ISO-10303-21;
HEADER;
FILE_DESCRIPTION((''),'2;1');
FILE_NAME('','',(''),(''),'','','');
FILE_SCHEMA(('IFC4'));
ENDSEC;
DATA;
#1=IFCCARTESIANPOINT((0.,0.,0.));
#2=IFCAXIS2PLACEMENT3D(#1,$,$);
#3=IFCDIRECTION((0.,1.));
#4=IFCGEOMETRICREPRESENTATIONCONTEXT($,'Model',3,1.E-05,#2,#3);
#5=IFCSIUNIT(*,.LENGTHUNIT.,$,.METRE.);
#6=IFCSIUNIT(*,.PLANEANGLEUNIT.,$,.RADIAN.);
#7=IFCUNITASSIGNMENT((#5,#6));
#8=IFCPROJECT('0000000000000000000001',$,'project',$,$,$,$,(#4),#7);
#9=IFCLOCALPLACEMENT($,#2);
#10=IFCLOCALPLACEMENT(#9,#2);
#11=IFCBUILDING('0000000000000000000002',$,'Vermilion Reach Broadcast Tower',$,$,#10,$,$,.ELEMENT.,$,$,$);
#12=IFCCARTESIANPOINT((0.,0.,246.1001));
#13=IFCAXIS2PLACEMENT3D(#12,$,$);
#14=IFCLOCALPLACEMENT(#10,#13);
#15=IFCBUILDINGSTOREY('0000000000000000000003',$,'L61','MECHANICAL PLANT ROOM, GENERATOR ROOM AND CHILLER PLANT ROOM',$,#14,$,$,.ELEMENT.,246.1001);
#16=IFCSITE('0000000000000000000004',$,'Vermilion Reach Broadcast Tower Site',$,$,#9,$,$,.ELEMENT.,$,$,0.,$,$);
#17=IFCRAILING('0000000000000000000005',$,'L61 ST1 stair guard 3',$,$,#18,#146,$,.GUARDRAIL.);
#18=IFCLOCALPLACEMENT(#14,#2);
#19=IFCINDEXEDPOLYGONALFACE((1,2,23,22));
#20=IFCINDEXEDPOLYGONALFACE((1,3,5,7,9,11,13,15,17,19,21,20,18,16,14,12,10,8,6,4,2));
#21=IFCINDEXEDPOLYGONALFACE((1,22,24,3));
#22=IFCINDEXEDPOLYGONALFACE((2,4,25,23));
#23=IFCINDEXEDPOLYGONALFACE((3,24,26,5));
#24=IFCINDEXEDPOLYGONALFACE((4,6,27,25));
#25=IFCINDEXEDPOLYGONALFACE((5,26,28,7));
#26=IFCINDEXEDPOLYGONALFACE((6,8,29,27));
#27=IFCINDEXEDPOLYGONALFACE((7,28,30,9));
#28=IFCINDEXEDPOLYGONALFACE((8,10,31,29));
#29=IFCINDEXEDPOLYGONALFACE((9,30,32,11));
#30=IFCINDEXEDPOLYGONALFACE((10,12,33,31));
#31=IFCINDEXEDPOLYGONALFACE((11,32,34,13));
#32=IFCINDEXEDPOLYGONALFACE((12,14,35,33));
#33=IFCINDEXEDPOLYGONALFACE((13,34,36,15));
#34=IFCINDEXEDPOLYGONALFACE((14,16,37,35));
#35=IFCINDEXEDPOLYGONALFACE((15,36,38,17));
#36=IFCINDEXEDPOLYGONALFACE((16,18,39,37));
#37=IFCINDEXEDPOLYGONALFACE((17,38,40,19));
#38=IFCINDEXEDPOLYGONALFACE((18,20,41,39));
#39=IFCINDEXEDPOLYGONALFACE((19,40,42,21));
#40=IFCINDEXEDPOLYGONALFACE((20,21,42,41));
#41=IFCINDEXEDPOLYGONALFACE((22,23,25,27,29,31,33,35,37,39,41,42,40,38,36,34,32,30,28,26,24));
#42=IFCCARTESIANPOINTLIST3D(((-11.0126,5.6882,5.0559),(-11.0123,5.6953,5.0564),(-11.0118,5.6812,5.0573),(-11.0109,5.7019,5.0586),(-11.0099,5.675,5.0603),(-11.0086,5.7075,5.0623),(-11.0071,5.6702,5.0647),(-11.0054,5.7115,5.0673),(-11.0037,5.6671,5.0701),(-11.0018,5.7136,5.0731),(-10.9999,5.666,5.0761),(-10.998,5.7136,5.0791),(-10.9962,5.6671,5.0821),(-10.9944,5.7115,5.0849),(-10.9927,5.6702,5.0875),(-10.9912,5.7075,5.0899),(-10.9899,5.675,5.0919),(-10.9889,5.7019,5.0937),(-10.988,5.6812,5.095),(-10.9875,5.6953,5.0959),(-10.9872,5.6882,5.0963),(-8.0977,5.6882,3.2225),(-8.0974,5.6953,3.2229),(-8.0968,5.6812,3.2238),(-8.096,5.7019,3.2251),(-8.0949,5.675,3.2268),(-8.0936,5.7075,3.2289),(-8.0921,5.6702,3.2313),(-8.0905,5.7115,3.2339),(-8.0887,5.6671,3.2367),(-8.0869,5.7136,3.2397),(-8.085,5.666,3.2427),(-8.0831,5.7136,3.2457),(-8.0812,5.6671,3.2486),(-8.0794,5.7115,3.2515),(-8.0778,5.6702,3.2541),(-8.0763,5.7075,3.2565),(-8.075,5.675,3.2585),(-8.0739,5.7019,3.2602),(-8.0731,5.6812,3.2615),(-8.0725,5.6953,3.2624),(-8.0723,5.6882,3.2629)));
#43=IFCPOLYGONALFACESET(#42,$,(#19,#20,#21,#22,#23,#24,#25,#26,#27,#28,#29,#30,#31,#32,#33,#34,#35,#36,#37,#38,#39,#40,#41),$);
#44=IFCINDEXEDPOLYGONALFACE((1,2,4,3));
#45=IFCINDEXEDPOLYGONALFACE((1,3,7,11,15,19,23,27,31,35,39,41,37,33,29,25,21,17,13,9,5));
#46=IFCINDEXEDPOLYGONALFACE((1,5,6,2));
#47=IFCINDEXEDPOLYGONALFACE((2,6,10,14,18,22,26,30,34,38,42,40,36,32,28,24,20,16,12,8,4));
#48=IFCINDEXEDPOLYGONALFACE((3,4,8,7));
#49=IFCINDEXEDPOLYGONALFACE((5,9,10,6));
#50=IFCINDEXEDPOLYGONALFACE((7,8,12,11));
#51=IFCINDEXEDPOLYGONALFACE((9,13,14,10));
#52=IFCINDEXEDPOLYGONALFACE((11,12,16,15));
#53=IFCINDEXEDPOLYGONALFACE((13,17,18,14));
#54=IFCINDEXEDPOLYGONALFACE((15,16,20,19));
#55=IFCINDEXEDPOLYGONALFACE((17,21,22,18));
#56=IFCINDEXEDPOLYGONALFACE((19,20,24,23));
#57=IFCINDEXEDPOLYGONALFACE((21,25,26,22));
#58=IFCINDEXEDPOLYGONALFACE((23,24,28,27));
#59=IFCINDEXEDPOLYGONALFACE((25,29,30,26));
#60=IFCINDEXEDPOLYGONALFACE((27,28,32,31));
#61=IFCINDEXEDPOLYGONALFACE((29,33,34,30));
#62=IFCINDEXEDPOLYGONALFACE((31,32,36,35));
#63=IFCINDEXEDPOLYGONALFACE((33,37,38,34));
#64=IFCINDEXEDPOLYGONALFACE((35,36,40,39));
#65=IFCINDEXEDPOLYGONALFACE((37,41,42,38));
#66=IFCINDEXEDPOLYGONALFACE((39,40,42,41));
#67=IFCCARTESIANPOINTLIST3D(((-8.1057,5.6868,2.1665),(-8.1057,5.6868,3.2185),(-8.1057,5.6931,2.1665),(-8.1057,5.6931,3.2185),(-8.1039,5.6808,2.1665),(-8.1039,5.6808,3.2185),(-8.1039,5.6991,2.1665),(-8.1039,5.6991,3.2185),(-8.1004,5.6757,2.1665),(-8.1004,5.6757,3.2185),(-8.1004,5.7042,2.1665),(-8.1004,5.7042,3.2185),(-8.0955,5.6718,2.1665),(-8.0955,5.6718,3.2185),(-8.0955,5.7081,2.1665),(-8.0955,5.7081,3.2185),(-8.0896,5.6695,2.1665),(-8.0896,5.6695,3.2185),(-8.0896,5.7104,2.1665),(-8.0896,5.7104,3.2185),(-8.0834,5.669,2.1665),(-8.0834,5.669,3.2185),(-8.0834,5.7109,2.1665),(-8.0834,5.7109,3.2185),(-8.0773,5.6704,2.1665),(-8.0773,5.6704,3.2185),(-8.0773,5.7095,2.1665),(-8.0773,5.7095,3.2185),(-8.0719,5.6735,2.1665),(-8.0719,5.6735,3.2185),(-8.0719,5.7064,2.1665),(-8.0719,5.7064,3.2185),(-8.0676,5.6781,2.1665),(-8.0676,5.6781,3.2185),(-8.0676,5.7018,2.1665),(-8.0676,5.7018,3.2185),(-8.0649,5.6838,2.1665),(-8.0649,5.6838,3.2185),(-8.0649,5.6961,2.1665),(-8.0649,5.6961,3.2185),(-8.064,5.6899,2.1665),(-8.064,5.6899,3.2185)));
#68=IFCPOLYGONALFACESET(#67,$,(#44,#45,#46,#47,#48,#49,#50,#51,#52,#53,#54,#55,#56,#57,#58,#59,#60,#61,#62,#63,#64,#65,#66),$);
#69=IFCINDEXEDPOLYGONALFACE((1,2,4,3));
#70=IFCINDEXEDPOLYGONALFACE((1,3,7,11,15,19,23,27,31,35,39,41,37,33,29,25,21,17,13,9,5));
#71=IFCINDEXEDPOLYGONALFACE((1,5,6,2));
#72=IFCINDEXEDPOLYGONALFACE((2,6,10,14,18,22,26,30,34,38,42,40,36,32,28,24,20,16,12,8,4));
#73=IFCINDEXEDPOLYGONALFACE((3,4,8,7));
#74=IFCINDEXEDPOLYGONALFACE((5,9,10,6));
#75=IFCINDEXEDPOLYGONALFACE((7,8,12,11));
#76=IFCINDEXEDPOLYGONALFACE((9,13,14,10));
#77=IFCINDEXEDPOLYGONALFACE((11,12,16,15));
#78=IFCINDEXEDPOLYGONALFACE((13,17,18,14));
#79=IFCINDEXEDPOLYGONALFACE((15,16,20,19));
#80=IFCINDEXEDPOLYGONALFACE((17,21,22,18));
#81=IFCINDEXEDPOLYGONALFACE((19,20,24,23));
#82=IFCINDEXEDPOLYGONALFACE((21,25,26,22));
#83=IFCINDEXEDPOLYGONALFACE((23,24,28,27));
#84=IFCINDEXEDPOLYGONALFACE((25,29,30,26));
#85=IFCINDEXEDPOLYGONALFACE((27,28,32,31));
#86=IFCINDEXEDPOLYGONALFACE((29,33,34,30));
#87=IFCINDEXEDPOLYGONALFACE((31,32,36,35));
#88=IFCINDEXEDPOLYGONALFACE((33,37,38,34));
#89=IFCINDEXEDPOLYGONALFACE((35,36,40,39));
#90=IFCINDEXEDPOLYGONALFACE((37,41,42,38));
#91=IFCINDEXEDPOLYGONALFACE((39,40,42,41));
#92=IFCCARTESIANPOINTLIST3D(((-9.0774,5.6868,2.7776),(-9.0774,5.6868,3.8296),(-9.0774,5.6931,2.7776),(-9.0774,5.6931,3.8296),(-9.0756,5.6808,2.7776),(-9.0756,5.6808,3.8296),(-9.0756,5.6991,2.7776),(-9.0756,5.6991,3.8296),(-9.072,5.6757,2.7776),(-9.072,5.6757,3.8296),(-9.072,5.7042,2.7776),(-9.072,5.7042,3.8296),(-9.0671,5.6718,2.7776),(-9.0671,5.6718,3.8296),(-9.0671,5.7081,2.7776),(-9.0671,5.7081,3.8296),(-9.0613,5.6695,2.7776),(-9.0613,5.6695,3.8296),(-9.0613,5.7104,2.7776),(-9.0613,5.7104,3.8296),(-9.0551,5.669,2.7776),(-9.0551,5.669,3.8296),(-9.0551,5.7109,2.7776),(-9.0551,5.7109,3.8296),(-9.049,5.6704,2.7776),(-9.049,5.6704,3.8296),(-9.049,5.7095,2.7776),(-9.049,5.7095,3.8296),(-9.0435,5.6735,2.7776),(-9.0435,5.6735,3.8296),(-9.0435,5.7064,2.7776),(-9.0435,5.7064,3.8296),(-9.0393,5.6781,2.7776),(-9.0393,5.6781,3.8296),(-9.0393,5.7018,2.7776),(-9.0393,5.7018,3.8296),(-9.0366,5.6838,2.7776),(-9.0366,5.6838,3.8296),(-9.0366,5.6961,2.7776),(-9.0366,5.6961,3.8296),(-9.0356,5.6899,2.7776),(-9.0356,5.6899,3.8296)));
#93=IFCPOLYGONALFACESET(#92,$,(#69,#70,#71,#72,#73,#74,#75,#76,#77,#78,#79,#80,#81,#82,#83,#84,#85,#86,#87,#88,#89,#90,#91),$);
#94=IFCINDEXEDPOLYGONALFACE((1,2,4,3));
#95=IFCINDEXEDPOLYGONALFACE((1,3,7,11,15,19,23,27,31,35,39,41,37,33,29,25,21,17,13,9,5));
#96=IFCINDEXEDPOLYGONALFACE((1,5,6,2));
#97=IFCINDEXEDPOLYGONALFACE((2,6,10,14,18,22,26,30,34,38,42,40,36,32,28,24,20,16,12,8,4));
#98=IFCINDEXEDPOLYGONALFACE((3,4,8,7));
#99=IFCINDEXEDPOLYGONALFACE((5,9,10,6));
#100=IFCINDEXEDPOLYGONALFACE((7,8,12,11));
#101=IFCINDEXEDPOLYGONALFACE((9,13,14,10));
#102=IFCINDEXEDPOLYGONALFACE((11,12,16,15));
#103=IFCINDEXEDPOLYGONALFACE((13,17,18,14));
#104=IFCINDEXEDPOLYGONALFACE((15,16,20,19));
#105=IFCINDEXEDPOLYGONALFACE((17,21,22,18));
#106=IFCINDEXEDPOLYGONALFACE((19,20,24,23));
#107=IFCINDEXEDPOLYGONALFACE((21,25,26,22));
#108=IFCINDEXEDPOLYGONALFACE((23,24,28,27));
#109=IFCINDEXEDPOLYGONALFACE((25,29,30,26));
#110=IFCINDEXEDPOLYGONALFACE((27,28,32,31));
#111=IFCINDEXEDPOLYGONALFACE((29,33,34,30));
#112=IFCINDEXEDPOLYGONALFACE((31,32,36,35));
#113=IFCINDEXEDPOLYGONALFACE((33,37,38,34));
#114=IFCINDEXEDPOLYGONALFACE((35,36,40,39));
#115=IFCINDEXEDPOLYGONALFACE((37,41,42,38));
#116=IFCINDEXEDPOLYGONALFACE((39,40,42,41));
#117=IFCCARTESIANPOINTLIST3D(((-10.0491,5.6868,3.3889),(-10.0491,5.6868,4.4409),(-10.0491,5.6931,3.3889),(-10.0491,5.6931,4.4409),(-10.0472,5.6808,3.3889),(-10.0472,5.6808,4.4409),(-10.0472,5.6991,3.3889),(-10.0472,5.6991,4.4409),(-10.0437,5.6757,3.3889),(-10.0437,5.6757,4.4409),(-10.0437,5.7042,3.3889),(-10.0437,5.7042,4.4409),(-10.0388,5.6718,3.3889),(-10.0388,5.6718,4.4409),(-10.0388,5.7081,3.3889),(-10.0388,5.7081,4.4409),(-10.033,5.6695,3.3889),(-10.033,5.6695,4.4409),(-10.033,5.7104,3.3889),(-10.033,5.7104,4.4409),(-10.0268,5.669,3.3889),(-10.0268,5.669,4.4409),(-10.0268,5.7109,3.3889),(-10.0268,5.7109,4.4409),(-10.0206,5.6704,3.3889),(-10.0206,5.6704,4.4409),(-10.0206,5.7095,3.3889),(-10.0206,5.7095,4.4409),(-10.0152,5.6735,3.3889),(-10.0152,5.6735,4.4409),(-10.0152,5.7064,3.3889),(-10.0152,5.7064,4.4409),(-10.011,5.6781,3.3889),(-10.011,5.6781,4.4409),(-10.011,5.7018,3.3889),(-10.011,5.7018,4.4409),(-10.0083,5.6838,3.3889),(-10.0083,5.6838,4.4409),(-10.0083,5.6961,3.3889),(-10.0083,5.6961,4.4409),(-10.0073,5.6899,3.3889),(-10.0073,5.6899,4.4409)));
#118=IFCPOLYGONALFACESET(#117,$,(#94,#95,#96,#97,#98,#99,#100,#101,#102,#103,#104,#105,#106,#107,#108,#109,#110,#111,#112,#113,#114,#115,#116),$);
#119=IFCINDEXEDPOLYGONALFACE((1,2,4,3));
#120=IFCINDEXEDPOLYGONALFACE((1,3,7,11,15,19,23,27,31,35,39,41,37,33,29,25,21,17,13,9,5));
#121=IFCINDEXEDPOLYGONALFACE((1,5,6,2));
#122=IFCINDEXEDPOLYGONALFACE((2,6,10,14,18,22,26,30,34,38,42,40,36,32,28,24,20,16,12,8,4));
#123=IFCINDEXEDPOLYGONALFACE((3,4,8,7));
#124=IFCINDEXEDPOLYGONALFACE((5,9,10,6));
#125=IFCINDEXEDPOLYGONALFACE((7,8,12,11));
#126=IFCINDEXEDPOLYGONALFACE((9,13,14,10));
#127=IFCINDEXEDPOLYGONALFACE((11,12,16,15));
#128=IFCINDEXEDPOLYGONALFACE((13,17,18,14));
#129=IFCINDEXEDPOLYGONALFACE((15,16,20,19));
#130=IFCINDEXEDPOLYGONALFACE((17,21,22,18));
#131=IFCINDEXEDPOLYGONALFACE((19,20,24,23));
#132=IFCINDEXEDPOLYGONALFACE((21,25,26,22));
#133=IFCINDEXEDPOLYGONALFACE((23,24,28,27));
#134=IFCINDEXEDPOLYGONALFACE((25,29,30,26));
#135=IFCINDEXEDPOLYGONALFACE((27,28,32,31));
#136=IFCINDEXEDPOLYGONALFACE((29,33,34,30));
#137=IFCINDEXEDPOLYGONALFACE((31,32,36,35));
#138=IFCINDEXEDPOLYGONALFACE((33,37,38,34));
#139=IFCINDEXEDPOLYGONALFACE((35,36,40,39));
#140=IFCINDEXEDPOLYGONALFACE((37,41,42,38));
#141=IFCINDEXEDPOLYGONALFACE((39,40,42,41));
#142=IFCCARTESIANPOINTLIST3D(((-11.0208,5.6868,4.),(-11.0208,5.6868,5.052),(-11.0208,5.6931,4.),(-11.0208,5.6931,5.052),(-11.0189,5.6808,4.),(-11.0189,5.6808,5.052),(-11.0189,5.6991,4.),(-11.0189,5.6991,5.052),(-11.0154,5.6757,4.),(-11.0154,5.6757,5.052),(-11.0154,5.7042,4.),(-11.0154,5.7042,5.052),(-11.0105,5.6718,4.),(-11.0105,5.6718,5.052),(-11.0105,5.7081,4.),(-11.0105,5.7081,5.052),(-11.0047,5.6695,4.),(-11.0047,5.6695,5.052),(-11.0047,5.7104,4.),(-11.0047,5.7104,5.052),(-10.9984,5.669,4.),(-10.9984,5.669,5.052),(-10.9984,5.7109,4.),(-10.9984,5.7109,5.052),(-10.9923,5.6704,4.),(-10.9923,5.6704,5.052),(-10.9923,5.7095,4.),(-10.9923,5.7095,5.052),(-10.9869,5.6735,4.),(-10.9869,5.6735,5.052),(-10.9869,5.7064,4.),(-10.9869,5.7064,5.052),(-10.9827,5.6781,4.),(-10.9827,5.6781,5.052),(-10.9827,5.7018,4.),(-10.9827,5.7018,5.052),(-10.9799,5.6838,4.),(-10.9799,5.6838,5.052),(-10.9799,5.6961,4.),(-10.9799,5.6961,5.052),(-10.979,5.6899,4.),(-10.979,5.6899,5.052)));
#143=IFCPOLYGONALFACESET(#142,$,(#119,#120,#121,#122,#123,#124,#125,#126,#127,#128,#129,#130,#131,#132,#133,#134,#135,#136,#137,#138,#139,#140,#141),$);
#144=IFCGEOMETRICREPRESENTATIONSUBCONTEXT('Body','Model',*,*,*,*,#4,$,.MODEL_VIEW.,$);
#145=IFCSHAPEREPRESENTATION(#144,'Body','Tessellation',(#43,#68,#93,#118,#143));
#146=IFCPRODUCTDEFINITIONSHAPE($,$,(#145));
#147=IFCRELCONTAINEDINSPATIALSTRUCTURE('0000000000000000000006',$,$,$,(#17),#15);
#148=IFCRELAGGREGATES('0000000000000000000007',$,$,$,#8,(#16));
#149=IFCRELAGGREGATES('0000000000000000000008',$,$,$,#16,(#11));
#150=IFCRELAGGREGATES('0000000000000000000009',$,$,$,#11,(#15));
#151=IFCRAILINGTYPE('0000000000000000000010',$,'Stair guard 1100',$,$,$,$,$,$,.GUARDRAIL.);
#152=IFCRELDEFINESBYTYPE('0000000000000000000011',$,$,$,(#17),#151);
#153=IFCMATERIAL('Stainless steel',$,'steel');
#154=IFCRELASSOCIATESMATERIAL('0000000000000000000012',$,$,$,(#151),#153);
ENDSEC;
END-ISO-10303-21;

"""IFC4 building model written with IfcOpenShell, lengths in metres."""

from ifc_helpers import new_model, si_unit, direction, frame, origin, origin_2d, place, context, subcontext, project, spatial, circle, extrude, material, type_object, element, save


model = new_model("IFC4")

# Units and contexts
model_context = context("Model", 3, precision=1e-05, world=origin(), true_north=direction((0.0, 1.0)))
body_context = subcontext(model_context, "Body", "Model", "MODEL_VIEW")
ifc_project = project(units=[si_unit("LENGTHUNIT", "METRE"), si_unit("PLANEANGLEUNIT", "RADIAN")], contexts=[model_context])

# Site, building, storey
site_placement = place(None, origin())
site = spatial("IfcSite", under=ifc_project, at=site_placement, Name="Vermilion Reach Broadcast Tower Site", CompositionType="ELEMENT", RefElevation=0.0)
building_placement = place(site_placement, origin())
building = spatial("IfcBuilding", under=site, at=building_placement, Name="Vermilion Reach Broadcast Tower", CompositionType="ELEMENT")
storey_placement = place(building_placement, frame((0.0, 0.0, 246.1001)))
storey = spatial("IfcBuildingStorey", under=building, at=storey_placement, Name="L61", Description="MECHANICAL PLANT ROOM, GENERATOR ROOM AND CHILLER PLANT ROOM", CompositionType="ELEMENT", Elevation=246.1001)

# Railing
ifc_material_1 = material(Name="Stainless steel", Category="steel")
railing_type_1 = type_object("IfcRailingType", Name="Stair guard 1100", PredefinedType="GUARDRAIL", material=ifc_material_1)
railing_1_placement = place(storey_placement, frame((-8.085, 5.6899, 2.1665)))
element("IfcRailing", 1, at=railing_1_placement, inside=storey, type_object=railing_type_1, Name="L61 ST1 stair guard 3", PredefinedType="GUARDRAIL", context=body_context, shape_type="SweptSolid", body=[
    extrude(circle(Radius=0.0239, at=origin_2d()), frame((0.0, 0.0, 1.0762), z_axis=(-0.846481, 0.0, 0.532418), x_axis=(0.0, -1.0, 0.0)), (0.0, 0.0, 1.0), 3.4436),
    extrude(circle(Radius=0.021, at=origin_2d()), origin(), (0.0, 0.0, 1.0), 1.052),
    extrude(circle(Radius=0.021, at=origin_2d()), frame((-0.9717, 0.0, 0.6111)), (0.0, 0.0, 1.0), 1.052),
    extrude(circle(Radius=0.021, at=origin_2d()), frame((-1.9434, 0.0, 1.2224)), (0.0, 0.0, 1.0), 1.052),
    extrude(circle(Radius=0.021, at=origin_2d()), frame((-2.915, 0.0, 1.8335)), (0.0, 0.0, 1.0), 1.052),
])

save(model, "model.ifc")
